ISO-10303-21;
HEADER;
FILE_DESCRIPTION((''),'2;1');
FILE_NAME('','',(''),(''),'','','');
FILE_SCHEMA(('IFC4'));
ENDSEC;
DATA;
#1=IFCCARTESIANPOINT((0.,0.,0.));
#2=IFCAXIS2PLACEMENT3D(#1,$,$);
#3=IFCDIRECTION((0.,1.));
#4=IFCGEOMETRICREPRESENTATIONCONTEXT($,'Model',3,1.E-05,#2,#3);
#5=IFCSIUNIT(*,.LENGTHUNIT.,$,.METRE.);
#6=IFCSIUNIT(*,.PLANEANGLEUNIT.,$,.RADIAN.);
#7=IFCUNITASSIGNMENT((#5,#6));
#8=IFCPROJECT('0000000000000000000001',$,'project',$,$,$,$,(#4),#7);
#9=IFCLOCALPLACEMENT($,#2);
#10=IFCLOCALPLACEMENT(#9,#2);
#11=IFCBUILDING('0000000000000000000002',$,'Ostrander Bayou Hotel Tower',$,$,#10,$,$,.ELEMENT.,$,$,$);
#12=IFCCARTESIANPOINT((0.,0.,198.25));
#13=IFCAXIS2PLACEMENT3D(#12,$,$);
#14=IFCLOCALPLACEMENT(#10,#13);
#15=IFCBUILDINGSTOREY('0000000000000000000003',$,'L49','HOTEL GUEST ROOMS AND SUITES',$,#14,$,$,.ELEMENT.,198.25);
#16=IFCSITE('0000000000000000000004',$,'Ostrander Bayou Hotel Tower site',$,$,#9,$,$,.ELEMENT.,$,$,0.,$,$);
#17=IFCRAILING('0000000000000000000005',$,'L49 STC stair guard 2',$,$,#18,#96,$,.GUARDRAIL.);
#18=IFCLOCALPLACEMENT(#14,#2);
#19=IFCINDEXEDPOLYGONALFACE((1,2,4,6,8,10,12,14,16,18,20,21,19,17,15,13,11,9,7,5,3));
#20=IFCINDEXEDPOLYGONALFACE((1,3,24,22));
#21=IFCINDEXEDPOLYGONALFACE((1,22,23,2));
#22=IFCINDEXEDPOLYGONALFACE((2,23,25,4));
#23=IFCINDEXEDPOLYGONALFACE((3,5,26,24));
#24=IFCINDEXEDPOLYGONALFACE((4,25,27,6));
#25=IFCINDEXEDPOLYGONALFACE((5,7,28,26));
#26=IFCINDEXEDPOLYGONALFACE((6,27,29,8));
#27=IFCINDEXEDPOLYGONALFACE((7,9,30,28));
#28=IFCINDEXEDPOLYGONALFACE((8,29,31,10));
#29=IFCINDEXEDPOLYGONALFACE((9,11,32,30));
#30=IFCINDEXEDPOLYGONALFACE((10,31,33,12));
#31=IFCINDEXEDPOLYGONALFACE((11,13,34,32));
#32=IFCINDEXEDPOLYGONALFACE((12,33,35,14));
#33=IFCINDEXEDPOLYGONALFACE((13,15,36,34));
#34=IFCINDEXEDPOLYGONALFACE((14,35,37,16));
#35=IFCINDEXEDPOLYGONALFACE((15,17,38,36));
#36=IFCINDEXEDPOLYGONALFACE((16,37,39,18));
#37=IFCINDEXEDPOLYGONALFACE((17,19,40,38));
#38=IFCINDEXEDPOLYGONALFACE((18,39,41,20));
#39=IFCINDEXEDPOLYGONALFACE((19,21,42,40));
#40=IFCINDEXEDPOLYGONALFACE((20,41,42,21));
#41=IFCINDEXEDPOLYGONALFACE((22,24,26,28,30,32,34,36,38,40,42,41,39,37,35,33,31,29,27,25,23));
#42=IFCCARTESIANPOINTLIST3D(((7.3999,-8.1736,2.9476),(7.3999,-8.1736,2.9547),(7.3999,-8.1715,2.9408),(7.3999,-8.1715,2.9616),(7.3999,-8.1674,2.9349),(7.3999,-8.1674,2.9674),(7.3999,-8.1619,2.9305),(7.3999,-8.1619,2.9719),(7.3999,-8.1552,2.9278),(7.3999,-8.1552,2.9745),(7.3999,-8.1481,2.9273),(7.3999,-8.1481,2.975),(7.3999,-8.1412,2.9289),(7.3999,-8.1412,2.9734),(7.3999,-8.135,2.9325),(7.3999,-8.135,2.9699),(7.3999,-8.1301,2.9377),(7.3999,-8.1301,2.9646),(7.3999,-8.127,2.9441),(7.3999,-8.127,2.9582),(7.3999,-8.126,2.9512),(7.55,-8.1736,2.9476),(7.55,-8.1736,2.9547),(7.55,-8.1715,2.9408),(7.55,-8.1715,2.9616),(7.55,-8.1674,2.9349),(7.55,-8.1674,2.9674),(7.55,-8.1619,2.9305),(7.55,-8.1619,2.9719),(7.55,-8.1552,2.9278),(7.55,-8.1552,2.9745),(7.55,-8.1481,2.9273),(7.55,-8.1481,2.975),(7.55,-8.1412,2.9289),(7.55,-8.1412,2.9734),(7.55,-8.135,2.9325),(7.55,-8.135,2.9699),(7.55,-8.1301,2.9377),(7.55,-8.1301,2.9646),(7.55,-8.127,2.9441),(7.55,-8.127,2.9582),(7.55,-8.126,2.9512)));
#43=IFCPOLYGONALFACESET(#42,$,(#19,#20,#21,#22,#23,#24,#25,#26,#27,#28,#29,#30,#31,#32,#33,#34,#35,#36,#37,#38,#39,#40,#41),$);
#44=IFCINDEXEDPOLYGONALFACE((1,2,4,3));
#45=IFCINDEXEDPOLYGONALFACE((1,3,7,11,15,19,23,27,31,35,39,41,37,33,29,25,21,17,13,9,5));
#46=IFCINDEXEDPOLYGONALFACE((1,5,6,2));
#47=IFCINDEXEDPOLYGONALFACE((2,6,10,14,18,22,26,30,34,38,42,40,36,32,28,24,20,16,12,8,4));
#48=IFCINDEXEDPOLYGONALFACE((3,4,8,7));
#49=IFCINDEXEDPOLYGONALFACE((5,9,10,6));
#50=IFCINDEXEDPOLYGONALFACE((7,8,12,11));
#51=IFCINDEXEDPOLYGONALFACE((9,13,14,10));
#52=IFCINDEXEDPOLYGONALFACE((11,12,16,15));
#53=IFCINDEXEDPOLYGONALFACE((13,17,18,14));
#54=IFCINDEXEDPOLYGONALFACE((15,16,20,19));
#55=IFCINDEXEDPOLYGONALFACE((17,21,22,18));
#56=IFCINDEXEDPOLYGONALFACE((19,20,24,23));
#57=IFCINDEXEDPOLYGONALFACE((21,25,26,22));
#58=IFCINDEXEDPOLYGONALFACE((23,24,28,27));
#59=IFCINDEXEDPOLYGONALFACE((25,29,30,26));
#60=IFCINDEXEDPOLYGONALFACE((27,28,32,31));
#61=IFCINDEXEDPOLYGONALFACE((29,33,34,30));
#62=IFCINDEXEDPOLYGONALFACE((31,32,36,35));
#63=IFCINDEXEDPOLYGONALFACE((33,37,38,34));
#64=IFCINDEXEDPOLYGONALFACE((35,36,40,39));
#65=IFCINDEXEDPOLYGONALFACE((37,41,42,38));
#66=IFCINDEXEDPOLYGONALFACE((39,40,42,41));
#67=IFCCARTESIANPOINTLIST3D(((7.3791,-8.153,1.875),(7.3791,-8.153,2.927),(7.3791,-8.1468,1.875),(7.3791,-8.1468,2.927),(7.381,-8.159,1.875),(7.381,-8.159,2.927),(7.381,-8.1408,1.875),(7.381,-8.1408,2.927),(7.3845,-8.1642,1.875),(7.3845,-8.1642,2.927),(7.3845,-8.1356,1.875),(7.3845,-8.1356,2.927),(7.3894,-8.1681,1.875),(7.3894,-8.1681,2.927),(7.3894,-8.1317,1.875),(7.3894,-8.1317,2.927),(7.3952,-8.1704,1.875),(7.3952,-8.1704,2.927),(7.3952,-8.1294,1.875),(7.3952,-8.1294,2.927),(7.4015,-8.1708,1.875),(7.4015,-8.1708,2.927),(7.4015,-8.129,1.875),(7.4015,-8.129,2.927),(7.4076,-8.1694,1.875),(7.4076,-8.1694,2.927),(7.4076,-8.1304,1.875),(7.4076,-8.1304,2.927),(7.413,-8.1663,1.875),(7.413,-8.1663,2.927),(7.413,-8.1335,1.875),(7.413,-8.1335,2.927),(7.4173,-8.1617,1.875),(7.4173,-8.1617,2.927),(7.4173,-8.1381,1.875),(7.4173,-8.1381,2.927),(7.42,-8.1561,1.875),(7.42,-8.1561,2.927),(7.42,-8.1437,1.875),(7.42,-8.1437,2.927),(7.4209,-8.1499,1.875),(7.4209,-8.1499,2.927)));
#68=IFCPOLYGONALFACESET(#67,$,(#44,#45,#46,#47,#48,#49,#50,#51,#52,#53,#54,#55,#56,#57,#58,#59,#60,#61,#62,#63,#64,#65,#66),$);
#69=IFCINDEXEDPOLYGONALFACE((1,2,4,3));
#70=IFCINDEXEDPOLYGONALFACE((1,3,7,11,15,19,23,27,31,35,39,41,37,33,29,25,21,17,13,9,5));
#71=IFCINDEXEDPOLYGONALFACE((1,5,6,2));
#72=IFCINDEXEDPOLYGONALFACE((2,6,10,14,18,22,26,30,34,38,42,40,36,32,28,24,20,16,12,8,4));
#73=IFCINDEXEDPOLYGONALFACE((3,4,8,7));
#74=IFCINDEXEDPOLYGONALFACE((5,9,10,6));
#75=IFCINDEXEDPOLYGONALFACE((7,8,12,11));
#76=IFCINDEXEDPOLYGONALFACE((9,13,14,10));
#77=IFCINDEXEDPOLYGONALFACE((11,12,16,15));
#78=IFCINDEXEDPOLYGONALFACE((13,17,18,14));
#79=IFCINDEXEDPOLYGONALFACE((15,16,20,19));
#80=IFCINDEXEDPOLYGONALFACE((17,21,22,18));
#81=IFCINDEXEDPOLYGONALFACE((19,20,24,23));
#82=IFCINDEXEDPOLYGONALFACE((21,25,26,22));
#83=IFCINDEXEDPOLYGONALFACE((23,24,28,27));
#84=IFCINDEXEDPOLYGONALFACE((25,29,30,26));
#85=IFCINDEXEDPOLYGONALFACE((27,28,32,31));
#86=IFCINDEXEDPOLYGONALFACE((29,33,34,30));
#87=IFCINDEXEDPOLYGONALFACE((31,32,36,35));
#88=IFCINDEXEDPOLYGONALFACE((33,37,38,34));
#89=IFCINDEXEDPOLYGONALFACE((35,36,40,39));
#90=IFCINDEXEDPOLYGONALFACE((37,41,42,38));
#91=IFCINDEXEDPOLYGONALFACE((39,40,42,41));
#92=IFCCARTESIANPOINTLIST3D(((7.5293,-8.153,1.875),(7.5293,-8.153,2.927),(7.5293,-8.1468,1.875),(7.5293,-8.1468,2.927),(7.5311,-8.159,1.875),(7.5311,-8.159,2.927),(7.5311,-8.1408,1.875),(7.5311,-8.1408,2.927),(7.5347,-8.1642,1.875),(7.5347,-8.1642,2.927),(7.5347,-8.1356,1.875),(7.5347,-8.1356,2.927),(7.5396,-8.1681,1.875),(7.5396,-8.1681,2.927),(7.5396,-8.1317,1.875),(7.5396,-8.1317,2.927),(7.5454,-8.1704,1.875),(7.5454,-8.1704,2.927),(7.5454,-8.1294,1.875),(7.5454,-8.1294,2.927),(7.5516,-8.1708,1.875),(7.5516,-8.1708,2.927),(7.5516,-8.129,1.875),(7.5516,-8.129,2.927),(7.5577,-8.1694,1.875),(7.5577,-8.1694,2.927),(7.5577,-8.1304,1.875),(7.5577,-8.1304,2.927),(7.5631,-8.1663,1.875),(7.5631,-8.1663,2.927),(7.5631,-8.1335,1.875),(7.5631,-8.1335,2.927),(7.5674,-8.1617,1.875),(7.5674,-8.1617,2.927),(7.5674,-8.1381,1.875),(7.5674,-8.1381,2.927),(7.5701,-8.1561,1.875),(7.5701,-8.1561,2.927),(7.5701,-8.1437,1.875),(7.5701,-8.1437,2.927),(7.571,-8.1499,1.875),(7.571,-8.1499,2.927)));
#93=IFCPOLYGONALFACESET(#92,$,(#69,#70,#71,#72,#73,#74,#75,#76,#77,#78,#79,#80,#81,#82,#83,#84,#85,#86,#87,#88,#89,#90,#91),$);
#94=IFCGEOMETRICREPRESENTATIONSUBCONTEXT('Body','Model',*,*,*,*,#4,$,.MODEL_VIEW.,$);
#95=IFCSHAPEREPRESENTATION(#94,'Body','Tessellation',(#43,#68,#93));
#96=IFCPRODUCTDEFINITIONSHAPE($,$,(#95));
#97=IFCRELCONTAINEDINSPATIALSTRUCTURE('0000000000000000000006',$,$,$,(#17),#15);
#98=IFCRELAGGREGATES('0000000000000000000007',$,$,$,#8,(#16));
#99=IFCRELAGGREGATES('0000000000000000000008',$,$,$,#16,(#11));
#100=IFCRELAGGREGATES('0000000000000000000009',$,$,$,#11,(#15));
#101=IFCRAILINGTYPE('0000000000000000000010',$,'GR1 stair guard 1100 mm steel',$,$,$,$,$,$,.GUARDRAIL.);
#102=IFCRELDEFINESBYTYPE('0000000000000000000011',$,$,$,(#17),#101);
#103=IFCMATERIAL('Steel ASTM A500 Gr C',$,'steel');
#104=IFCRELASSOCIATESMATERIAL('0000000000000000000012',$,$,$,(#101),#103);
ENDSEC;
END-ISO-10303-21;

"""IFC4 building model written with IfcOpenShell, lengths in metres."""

from ifc_helpers import new_model, si_unit, direction, frame, origin, origin_2d, place, context, subcontext, project, spatial, circle, extrude, material, type_object, element, save


model = new_model("IFC4")

# Units and contexts
model_context = context("Model", 3, precision=1e-05, world=origin(), true_north=direction((0.0, 1.0)))
body_context = subcontext(model_context, "Body", "Model", "MODEL_VIEW")
ifc_project = project(units=[si_unit("LENGTHUNIT", "METRE"), si_unit("PLANEANGLEUNIT", "RADIAN")], contexts=[model_context])

# Site, building, storey
site_placement = place(None, origin())
site = spatial("IfcSite", under=ifc_project, at=site_placement, Name="Ostrander Bayou Hotel Tower site", CompositionType="ELEMENT", RefElevation=0.0)
building_placement = place(site_placement, origin())
building = spatial("IfcBuilding", under=site, at=building_placement, Name="Ostrander Bayou Hotel Tower", CompositionType="ELEMENT")
storey_placement = place(building_placement, frame((0.0, 0.0, 198.25)))
storey = spatial("IfcBuildingStorey", under=building, at=storey_placement, Name="L49", Description="HOTEL GUEST ROOMS AND SUITES", CompositionType="ELEMENT", Elevation=198.25)

# Railing
ifc_material_1 = material(Name="Steel ASTM A500 Gr C", Category="steel")
railing_type_1 = type_object("IfcRailingType", Name="GR1 stair guard 1100 mm steel", PredefinedType="GUARDRAIL", material=ifc_material_1)
railing_1_placement = place(storey_placement, frame((7.3999, -8.1499, 1.875)))
element("IfcRailing", 1, at=railing_1_placement, inside=storey, type_object=railing_type_1, Name="L49 STC stair guard 2", PredefinedType="GUARDRAIL", context=body_context, shape_type="SweptSolid", body=[
    extrude(circle(Radius=0.0239, at=origin_2d()), frame((0.0, 0.0, 1.0762), z_axis=(1.0, 0.0, 0.0), x_axis=(0.0, 1.0, 0.0)), (0.0, 0.0, 1.0), 0.1501),
    extrude(circle(Radius=0.021, at=origin_2d()), origin(), (0.0, 0.0, 1.0), 1.052),
    extrude(circle(Radius=0.021, at=origin_2d()), frame((0.1501, 0.0, 0.0)), (0.0, 0.0, 1.0), 1.052),
])

save(model, "model.ifc")
